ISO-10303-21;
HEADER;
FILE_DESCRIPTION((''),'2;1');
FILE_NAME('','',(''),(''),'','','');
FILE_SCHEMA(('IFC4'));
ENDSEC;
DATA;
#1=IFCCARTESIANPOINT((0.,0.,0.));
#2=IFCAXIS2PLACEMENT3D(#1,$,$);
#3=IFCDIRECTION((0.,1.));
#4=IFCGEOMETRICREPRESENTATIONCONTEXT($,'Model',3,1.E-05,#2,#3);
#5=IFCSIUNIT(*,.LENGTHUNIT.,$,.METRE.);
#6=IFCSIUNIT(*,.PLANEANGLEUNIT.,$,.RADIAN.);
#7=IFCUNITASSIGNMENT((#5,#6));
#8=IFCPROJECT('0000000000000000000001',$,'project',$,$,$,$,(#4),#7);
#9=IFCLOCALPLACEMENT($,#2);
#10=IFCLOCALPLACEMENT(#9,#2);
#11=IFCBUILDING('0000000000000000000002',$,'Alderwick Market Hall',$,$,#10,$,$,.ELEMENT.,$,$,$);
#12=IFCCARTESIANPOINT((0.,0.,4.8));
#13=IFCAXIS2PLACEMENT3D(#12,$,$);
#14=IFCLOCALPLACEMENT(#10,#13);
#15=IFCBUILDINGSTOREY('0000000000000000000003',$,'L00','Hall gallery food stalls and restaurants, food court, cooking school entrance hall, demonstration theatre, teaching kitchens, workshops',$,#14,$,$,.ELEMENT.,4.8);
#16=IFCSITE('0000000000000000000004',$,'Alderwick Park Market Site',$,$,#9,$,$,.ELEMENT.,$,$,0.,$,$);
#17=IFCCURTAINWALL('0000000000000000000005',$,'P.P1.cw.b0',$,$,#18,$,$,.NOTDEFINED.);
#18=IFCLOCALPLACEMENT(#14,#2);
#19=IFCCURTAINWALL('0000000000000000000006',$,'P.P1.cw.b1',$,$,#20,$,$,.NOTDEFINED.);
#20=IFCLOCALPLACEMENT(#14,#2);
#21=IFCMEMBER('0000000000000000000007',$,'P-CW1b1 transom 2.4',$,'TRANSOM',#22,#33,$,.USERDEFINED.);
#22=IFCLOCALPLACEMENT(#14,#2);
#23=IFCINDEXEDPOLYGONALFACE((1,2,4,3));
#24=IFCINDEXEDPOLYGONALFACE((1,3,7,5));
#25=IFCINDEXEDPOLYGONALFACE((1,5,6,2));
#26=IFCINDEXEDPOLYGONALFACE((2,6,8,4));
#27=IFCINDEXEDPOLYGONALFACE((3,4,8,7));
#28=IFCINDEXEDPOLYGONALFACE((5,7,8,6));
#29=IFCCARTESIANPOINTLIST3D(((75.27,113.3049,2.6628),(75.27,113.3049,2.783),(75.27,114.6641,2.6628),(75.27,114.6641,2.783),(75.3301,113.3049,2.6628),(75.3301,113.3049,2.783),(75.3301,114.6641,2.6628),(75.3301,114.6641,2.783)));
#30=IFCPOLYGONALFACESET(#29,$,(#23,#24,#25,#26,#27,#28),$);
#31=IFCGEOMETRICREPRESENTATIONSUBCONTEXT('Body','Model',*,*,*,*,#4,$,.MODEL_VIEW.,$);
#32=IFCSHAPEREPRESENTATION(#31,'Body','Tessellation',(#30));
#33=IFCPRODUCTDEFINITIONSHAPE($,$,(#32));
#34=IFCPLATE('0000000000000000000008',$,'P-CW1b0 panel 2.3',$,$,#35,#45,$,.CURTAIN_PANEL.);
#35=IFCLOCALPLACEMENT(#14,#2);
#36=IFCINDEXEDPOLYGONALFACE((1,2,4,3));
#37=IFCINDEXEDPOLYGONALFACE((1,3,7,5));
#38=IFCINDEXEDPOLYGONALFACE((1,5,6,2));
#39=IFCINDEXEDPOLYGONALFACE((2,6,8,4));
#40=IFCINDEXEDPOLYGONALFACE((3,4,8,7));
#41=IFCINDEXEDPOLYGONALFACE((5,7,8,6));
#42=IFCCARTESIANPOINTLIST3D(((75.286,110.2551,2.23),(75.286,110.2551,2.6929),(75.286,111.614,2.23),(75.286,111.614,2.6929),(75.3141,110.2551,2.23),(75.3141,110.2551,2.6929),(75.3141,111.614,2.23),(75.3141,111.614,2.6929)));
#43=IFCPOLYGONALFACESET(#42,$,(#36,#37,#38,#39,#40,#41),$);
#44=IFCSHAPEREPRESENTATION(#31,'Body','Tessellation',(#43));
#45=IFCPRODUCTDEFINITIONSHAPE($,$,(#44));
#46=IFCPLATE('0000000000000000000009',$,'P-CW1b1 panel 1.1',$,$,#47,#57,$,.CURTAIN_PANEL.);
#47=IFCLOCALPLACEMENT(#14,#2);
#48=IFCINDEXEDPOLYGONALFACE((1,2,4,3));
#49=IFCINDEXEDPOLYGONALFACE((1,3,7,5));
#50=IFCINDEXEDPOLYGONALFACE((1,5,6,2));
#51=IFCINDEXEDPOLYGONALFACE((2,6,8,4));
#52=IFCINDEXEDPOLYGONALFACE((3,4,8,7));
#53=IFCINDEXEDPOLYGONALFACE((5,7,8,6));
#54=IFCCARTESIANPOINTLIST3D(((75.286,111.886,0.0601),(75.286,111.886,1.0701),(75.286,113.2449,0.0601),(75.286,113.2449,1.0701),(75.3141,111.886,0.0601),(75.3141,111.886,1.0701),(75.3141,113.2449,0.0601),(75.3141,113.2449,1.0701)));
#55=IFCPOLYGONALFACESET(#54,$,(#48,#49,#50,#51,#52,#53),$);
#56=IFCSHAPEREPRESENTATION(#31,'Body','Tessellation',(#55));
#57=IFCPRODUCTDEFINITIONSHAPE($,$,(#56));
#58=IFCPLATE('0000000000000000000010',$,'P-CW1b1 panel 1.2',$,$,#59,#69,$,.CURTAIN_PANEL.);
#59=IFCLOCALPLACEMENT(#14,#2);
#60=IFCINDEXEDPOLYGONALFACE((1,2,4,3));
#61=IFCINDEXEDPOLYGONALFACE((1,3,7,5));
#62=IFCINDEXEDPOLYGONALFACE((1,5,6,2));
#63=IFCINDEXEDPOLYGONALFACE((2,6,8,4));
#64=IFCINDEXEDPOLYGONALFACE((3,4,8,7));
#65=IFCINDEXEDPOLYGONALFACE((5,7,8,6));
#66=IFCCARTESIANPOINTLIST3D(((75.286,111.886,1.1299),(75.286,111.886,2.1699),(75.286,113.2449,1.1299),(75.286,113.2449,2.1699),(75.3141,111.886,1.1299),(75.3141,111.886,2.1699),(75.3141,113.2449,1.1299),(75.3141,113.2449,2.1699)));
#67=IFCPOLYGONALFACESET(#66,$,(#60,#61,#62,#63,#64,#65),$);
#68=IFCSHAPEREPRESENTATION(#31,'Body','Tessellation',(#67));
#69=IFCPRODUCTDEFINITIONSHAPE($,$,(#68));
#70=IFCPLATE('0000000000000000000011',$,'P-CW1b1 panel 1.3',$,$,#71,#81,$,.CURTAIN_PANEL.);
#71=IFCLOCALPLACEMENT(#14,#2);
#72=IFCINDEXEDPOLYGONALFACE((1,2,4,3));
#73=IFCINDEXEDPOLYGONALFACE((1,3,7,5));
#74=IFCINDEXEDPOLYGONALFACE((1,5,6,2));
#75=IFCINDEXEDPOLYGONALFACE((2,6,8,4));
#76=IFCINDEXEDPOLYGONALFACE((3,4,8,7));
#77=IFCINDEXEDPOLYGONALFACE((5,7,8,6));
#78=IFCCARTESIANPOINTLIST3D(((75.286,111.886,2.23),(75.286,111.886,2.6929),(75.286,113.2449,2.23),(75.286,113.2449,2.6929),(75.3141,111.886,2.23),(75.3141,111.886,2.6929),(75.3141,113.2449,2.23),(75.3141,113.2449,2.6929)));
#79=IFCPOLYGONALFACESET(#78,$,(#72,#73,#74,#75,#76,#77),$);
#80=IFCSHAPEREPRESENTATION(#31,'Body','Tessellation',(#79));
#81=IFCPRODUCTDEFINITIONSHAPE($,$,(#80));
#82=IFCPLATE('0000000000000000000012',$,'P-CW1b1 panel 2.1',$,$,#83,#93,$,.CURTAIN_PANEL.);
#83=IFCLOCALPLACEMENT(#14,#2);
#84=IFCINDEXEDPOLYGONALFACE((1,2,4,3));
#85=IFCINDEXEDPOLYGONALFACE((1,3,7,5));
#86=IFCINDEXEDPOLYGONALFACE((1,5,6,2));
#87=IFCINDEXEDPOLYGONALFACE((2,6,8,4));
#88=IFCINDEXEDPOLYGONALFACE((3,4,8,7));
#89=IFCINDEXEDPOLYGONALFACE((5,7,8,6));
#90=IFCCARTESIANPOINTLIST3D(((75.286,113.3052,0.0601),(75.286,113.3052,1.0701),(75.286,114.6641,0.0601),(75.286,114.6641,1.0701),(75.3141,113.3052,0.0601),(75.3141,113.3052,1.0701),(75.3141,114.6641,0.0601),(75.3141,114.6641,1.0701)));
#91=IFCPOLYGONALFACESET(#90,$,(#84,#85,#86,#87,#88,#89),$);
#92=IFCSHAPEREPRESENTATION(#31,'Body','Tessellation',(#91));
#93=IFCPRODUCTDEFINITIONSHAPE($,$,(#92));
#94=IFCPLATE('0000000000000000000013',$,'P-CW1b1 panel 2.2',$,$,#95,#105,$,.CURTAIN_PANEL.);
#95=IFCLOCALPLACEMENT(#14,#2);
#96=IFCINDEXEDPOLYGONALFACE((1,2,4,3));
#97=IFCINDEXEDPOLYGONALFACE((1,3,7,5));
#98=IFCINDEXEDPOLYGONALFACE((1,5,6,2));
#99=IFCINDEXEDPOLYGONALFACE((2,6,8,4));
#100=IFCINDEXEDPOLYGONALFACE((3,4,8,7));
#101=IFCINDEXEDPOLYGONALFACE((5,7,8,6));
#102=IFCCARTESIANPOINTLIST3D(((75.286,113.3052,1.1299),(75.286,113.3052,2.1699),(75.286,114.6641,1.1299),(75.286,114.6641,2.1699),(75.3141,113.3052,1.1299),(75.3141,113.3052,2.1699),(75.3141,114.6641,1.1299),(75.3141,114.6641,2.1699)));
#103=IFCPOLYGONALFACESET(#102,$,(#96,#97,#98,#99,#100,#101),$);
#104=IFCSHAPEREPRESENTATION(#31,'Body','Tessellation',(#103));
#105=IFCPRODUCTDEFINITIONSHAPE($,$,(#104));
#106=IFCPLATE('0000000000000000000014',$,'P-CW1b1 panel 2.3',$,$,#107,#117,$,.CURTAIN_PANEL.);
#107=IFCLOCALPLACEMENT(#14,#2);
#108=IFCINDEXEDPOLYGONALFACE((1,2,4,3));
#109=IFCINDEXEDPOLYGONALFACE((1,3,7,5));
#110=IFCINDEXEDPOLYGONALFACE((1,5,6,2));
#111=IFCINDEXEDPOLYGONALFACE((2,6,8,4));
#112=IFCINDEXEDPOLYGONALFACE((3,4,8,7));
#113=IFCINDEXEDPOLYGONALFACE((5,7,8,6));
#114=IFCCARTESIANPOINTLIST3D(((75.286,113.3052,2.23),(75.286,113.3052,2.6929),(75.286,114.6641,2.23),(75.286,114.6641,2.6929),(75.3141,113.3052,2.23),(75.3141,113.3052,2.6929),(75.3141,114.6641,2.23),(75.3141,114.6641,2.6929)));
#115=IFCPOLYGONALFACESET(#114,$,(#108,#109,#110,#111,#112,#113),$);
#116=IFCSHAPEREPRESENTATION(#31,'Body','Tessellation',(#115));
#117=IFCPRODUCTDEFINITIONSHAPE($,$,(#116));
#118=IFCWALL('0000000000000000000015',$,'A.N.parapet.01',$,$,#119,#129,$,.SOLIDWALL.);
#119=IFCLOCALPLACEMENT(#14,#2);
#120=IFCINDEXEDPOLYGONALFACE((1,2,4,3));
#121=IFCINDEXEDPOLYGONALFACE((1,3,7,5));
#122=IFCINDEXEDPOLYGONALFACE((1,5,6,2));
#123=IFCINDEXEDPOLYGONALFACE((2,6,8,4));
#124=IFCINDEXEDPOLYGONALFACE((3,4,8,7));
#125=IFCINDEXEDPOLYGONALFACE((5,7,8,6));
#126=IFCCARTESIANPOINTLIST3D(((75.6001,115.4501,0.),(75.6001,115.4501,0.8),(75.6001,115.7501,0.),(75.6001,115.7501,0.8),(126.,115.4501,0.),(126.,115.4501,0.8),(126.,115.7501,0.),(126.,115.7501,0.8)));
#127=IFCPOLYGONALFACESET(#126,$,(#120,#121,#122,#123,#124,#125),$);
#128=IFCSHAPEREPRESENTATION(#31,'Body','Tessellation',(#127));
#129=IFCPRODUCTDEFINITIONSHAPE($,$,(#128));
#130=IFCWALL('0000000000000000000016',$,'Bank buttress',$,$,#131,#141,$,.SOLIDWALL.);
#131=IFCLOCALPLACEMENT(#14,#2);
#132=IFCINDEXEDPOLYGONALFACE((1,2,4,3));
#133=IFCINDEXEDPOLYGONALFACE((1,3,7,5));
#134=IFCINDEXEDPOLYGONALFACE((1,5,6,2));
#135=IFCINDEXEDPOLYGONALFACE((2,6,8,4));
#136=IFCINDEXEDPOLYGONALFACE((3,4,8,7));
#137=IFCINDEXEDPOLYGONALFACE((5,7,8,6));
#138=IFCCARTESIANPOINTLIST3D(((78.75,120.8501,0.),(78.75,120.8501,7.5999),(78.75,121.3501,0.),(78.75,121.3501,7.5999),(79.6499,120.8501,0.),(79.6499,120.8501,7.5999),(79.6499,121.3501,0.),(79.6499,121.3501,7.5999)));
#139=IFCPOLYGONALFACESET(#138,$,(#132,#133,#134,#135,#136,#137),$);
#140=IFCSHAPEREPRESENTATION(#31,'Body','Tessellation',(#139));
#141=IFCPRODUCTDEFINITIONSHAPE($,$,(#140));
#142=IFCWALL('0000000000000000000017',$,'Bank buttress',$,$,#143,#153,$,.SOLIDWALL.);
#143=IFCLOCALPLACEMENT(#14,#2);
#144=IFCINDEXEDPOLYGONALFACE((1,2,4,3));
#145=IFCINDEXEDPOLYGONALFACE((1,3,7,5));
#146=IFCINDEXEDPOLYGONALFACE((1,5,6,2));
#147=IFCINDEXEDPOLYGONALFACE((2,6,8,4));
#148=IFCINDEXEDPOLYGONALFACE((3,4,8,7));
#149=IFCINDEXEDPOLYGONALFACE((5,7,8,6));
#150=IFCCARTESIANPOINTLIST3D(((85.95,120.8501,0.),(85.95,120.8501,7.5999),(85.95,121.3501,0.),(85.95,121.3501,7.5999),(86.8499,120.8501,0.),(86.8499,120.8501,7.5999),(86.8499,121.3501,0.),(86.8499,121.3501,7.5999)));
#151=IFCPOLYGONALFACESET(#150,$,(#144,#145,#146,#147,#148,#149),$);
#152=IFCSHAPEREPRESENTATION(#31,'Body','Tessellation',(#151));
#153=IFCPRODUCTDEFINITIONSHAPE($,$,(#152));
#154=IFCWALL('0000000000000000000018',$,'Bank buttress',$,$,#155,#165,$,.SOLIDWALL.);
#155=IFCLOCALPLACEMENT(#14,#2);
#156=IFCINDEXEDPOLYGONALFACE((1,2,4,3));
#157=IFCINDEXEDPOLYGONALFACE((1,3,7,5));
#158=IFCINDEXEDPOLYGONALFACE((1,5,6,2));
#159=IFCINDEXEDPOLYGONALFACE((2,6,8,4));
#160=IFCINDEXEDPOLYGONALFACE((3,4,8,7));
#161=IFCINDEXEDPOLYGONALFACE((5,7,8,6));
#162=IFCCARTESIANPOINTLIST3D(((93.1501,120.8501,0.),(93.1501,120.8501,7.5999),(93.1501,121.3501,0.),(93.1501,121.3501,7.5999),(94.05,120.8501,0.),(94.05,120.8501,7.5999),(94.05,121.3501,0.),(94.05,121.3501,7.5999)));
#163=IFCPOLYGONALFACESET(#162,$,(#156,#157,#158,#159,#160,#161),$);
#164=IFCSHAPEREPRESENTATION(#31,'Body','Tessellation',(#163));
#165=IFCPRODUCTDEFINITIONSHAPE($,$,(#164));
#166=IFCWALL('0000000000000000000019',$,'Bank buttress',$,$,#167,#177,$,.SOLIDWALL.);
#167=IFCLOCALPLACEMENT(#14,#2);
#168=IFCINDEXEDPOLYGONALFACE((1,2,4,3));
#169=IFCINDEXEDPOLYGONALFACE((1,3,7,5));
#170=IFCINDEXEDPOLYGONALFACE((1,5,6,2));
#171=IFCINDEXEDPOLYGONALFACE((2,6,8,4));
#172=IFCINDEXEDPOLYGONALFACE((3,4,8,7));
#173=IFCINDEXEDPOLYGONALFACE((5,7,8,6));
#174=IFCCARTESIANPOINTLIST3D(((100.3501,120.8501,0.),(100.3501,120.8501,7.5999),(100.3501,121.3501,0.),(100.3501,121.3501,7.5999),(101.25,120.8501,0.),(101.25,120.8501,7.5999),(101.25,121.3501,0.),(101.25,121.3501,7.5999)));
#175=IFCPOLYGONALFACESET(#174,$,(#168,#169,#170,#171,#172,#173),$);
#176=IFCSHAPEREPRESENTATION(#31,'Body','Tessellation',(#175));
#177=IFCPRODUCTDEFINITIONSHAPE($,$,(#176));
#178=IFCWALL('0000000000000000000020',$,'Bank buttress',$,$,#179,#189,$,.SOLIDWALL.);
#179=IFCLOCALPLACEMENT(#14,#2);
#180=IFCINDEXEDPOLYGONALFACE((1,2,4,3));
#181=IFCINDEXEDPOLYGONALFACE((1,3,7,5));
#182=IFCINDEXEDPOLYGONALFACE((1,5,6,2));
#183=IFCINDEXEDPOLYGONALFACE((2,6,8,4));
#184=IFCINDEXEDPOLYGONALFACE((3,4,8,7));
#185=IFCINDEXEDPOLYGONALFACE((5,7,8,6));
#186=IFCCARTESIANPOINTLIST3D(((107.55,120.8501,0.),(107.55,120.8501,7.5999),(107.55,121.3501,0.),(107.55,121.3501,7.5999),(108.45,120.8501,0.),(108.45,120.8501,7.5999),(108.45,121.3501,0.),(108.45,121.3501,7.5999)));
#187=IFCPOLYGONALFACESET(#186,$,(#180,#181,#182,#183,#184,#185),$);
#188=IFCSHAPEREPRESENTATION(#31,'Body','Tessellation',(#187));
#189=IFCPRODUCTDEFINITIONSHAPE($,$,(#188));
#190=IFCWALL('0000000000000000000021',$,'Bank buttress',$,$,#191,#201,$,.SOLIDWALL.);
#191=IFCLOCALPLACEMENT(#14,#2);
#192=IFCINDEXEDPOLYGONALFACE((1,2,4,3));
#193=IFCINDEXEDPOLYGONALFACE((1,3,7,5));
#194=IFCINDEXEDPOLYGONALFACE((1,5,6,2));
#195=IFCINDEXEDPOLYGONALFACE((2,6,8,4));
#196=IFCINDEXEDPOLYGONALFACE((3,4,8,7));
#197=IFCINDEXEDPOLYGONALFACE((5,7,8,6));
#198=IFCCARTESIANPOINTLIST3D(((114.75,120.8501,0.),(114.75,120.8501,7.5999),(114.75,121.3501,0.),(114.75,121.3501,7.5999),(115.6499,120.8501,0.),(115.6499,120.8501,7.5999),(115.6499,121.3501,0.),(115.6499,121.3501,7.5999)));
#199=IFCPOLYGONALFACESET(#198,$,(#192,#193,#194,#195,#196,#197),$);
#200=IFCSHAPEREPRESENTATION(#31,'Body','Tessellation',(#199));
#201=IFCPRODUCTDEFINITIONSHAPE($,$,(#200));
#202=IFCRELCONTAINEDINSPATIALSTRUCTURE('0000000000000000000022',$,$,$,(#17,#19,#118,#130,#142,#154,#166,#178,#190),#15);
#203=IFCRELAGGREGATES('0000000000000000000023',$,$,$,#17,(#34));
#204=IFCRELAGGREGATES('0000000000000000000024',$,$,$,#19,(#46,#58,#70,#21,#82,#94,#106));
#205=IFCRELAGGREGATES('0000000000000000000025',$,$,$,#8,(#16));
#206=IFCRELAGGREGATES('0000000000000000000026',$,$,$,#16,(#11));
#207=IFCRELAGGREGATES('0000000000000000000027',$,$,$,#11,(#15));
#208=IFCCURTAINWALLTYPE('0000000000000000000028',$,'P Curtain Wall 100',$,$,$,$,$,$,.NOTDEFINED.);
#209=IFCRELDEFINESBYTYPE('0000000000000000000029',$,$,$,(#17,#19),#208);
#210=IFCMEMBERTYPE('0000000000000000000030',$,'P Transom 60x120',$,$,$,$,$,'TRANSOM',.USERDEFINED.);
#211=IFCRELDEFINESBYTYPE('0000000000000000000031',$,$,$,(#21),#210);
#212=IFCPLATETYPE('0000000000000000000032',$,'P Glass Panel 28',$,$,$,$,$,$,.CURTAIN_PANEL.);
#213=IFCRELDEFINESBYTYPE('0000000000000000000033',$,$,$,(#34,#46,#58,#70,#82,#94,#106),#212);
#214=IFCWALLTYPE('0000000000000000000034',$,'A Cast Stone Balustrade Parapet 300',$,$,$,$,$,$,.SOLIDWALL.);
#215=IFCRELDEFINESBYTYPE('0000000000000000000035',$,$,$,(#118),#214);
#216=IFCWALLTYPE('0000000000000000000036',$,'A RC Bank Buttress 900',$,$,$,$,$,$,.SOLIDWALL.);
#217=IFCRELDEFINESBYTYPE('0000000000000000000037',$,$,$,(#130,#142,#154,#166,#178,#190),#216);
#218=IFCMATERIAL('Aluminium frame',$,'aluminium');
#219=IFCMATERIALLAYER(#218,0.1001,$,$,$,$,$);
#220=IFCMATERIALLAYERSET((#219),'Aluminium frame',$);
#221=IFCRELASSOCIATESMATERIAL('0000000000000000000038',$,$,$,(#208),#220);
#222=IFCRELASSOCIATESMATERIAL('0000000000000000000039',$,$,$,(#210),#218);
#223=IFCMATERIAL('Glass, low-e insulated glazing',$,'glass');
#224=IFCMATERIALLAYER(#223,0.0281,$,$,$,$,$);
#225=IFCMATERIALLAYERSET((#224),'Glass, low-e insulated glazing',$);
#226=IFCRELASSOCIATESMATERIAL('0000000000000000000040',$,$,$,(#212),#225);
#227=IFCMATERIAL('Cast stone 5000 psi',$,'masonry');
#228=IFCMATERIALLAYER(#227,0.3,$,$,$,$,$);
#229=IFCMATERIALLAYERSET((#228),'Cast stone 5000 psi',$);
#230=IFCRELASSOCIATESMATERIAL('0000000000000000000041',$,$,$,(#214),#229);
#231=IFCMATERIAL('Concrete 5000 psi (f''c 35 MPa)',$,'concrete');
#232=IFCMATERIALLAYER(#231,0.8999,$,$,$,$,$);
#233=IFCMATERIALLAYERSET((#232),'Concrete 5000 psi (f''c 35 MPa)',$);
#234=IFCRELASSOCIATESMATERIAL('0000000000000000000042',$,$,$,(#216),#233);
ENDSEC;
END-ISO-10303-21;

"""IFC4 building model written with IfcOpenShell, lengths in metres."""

from ifc_helpers import new_model, si_unit, direction, frame, frame_2d, origin, origin_2d, place, context, subcontext, project, spatial, rectangle, extrude, material, layer, layer_set, material_profile, profile_set, type_object, element, aggregate, save


model = new_model("IFC4")

# Units and contexts
model_context = context("Model", 3, precision=1e-05, world=origin(), true_north=direction((0.0, 1.0)))
body_context = subcontext(model_context, "Body", "Model", "MODEL_VIEW")
ifc_project = project(units=[si_unit("LENGTHUNIT", "METRE"), si_unit("PLANEANGLEUNIT", "RADIAN")], contexts=[model_context])

# Site, building, storey
site_placement = place(None, origin())
site = spatial("IfcSite", under=ifc_project, at=site_placement, Name="Alderwick Park Market Site", CompositionType="ELEMENT", RefElevation=0.0)
building_placement = place(site_placement, origin())
building = spatial("IfcBuilding", under=site, at=building_placement, Name="Alderwick Market Hall", CompositionType="ELEMENT")
storey_placement = place(building_placement, frame((0.0, 0.0, 4.8)))
storey = spatial("IfcBuildingStorey", under=building, at=storey_placement, Name="L00", Description="Hall gallery food stalls and restaurants, food court, cooking school entrance hall, demonstration theatre, teaching kitchens, workshops", CompositionType="ELEMENT", Elevation=4.8)

# Curtain wall
ifc_material_1 = material(Name="Aluminium frame", Category="aluminium")
ifc_layer_1 = layer(ifc_material_1, 0.1001)
ifc_layer_set_1 = layer_set([ifc_layer_1], Name="Aluminium frame")
curtain_wall_type = type_object("IfcCurtainWallType", Name="P Curtain Wall 100", PredefinedType="NOTDEFINED", material=ifc_layer_set_1)
curtain_wall_1_placement = place(storey_placement, origin())
curtain_wall_1 = element("IfcCurtainWall", 1, at=curtain_wall_1_placement, inside=storey, type_object=curtain_wall_type, Name="P.P1.cw.b0", PredefinedType="NOTDEFINED")

# Curtain wall
curtain_wall_2_placement = place(storey_placement, origin())
curtain_wall_2 = element("IfcCurtainWall", 2, at=curtain_wall_2_placement, inside=storey, type_object=curtain_wall_type, Name="P.P1.cw.b1", PredefinedType="NOTDEFINED")

# Shared definitions
ifc_material_2 = material(Name="Concrete 5000 psi (f'c 35 MPa)", Category="concrete")

# Member
ifc_material_profile_1 = material_profile(ifc_material_1, rectangle(XDim=0.0601, YDim=0.1201, at=origin_2d()), Name="P Transom 60x120")
ifc_profile_set_1 = profile_set([ifc_material_profile_1], Name="Aluminium frame")
member_type_1 = type_object("IfcMemberType", Name="P Transom 60x120", ElementType="TRANSOM", PredefinedType="USERDEFINED", material=ifc_profile_set_1)
member_1_placement = place(storey_placement, frame((75.3, 113.3049, 2.7229), z_axis=(0.0, 1.0, 0.0), x_axis=(-1.0, 0.0, 0.0)))
member_1 = element("IfcMember", 3, at=member_1_placement, type_object=member_type_1, Name="P-CW1b1 transom 2.4", ObjectType="TRANSOM", PredefinedType="USERDEFINED", context=body_context, shape_type="SweptSolid", body=[
    extrude(rectangle(XDim=0.0601, YDim=0.1201, at=origin_2d()), origin(), (0.0, 0.0, 1.0), 1.3591),
])

# Plates
ifc_material_3 = material(Name="Glass, low-e insulated glazing", Category="glass")
ifc_layer_2 = layer(ifc_material_3, 0.0281)
ifc_layer_set_2 = layer_set([ifc_layer_2], Name="Glass, low-e insulated glazing")
plate_type = type_object("IfcPlateType", Name="P Glass Panel 28", PredefinedType="CURTAIN_PANEL", material=ifc_layer_set_2)
plate_1_placement = place(storey_placement, frame((75.3, 110.9346, 2.23), z_axis=(0.0, 0.0, 1.0), x_axis=(0.0, 1.0, 0.0)))
plate_1 = element("IfcPlate", 4, at=plate_1_placement, type_object=plate_type, Name="P-CW1b0 panel 2.3", PredefinedType="CURTAIN_PANEL", context=body_context, shape_type="SweptSolid", body=[
    extrude(rectangle(XDim=1.3589, YDim=0.0281, at=origin_2d()), origin(), (0.0, 0.0, 1.0), 0.4629),
])
aggregate(curtain_wall_1, [plate_1])
plate_2_placement = place(storey_placement, frame((75.3, 112.5654, 0.0601), z_axis=(0.0, 0.0, 1.0), x_axis=(0.0, 1.0, 0.0)))
plate_2 = element("IfcPlate", 5, at=plate_2_placement, type_object=plate_type, Name="P-CW1b1 panel 1.1", PredefinedType="CURTAIN_PANEL", context=body_context, shape_type="SweptSolid", body=[
    extrude(rectangle(XDim=1.3589, YDim=0.0281, at=origin_2d()), origin(), (0.0, 0.0, 1.0), 1.01),
])
plate_3_placement = place(storey_placement, frame((75.3, 112.5654, 1.1299), z_axis=(0.0, 0.0, 1.0), x_axis=(0.0, 1.0, 0.0)))
plate_3 = element("IfcPlate", 6, at=plate_3_placement, type_object=plate_type, Name="P-CW1b1 panel 1.2", PredefinedType="CURTAIN_PANEL", context=body_context, shape_type="SweptSolid", body=[
    extrude(rectangle(XDim=1.3589, YDim=0.0281, at=origin_2d()), origin(), (0.0, 0.0, 1.0), 1.04),
])
plate_4_placement = place(storey_placement, frame((75.3, 112.5654, 2.23), z_axis=(0.0, 0.0, 1.0), x_axis=(0.0, 1.0, 0.0)))
plate_4 = element("IfcPlate", 7, at=plate_4_placement, type_object=plate_type, Name="P-CW1b1 panel 1.3", PredefinedType="CURTAIN_PANEL", context=body_context, shape_type="SweptSolid", body=[
    extrude(rectangle(XDim=1.3589, YDim=0.0281, at=origin_2d()), origin(), (0.0, 0.0, 1.0), 0.4629),
])
plate_5_placement = place(storey_placement, frame((75.3, 113.9846, 0.0601), z_axis=(0.0, 0.0, 1.0), x_axis=(0.0, 1.0, 0.0)))
plate_5 = element("IfcPlate", 8, at=plate_5_placement, type_object=plate_type, Name="P-CW1b1 panel 2.1", PredefinedType="CURTAIN_PANEL", context=body_context, shape_type="SweptSolid", body=[
    extrude(rectangle(XDim=1.3589, YDim=0.0281, at=origin_2d()), origin(), (0.0, 0.0, 1.0), 1.01),
])
plate_6_placement = place(storey_placement, frame((75.3, 113.9846, 1.1299), z_axis=(0.0, 0.0, 1.0), x_axis=(0.0, 1.0, 0.0)))
plate_6 = element("IfcPlate", 9, at=plate_6_placement, type_object=plate_type, Name="P-CW1b1 panel 2.2", PredefinedType="CURTAIN_PANEL", context=body_context, shape_type="SweptSolid", body=[
    extrude(rectangle(XDim=1.3589, YDim=0.0281, at=origin_2d()), origin(), (0.0, 0.0, 1.0), 1.04),
])
plate_7_placement = place(storey_placement, frame((75.3, 113.9846, 2.23), z_axis=(0.0, 0.0, 1.0), x_axis=(0.0, 1.0, 0.0)))
plate_7 = element("IfcPlate", 10, at=plate_7_placement, type_object=plate_type, Name="P-CW1b1 panel 2.3", PredefinedType="CURTAIN_PANEL", context=body_context, shape_type="SweptSolid", body=[
    extrude(rectangle(XDim=1.3589, YDim=0.0281, at=origin_2d()), origin(), (0.0, 0.0, 1.0), 0.4629),
])
aggregate(curtain_wall_2, [plate_2, plate_3, plate_4, member_1, plate_5, plate_6, plate_7])

# Walls
ifc_material_4 = material(Name="Cast stone 5000 psi", Category="masonry")
ifc_layer_3 = layer(ifc_material_4, 0.3)
ifc_layer_set_3 = layer_set([ifc_layer_3], Name="Cast stone 5000 psi")
wall_type_1 = type_object("IfcWallType", Name="A Cast Stone Balustrade Parapet 300", PredefinedType="SOLIDWALL", material=ifc_layer_set_3)
wall_1_placement = place(storey_placement, frame((75.6001, 115.6001, 0.0), z_axis=(0.0, 0.0, 1.0), x_axis=(1.0, 0.0, 0.0)))
element("IfcWall", 11, at=wall_1_placement, inside=storey, type_object=wall_type_1, Name="A.N.parapet.01", PredefinedType="SOLIDWALL", context=body_context, shape_type="SweptSolid", body=[
    extrude(rectangle(XDim=50.3999, YDim=0.3, at=frame_2d((25.2, 0.0))), origin(), (0.0, 0.0, 1.0), 0.8),
])
ifc_layer_4 = layer(ifc_material_2, 0.8999)
ifc_layer_set_4 = layer_set([ifc_layer_4], Name="Concrete 5000 psi (f'c 35 MPa)")
wall_type_2 = type_object("IfcWallType", Name="A RC Bank Buttress 900", PredefinedType="SOLIDWALL", material=ifc_layer_set_4)
for number, where, z_axis, x_axis, name in (
    (12, (79.2, 121.3501, 0.0), (0.0, 0.0, 1.0), (0.0, -1.0, 0.0), "Bank buttress"),
    (13, (86.3999, 121.3501, 0.0), (0.0, 0.0, 1.0), (0.0, -1.0, 0.0), "Bank buttress"),
    (14, (93.6001, 121.3501, 0.0), (0.0, 0.0, 1.0), (0.0, -1.0, 0.0), "Bank buttress"),
    (15, (100.8, 121.3501, 0.0), (0.0, 0.0, 1.0), (0.0, -1.0, 0.0), "Bank buttress"),
    (16, (108.0, 121.3501, 0.0), (0.0, 0.0, 1.0), (0.0, -1.0, 0.0), "Bank buttress"),
    (17, (115.2, 121.3501, 0.0), (0.0, 0.0, 1.0), (0.0, -1.0, 0.0), "Bank buttress"),
):
    element("IfcWall", number, at=place(storey_placement, frame(where, z_axis=z_axis, x_axis=x_axis)), inside=storey, type_object=wall_type_2, Name=name, PredefinedType="SOLIDWALL", context=body_context, shape_type="SweptSolid", body=[
        extrude(rectangle(XDim=0.5, YDim=0.8999, at=frame_2d((0.25, 0.0))), origin(), (0.0, 0.0, 1.0), 7.5999),
    ])

save(model, "model.ifc")
